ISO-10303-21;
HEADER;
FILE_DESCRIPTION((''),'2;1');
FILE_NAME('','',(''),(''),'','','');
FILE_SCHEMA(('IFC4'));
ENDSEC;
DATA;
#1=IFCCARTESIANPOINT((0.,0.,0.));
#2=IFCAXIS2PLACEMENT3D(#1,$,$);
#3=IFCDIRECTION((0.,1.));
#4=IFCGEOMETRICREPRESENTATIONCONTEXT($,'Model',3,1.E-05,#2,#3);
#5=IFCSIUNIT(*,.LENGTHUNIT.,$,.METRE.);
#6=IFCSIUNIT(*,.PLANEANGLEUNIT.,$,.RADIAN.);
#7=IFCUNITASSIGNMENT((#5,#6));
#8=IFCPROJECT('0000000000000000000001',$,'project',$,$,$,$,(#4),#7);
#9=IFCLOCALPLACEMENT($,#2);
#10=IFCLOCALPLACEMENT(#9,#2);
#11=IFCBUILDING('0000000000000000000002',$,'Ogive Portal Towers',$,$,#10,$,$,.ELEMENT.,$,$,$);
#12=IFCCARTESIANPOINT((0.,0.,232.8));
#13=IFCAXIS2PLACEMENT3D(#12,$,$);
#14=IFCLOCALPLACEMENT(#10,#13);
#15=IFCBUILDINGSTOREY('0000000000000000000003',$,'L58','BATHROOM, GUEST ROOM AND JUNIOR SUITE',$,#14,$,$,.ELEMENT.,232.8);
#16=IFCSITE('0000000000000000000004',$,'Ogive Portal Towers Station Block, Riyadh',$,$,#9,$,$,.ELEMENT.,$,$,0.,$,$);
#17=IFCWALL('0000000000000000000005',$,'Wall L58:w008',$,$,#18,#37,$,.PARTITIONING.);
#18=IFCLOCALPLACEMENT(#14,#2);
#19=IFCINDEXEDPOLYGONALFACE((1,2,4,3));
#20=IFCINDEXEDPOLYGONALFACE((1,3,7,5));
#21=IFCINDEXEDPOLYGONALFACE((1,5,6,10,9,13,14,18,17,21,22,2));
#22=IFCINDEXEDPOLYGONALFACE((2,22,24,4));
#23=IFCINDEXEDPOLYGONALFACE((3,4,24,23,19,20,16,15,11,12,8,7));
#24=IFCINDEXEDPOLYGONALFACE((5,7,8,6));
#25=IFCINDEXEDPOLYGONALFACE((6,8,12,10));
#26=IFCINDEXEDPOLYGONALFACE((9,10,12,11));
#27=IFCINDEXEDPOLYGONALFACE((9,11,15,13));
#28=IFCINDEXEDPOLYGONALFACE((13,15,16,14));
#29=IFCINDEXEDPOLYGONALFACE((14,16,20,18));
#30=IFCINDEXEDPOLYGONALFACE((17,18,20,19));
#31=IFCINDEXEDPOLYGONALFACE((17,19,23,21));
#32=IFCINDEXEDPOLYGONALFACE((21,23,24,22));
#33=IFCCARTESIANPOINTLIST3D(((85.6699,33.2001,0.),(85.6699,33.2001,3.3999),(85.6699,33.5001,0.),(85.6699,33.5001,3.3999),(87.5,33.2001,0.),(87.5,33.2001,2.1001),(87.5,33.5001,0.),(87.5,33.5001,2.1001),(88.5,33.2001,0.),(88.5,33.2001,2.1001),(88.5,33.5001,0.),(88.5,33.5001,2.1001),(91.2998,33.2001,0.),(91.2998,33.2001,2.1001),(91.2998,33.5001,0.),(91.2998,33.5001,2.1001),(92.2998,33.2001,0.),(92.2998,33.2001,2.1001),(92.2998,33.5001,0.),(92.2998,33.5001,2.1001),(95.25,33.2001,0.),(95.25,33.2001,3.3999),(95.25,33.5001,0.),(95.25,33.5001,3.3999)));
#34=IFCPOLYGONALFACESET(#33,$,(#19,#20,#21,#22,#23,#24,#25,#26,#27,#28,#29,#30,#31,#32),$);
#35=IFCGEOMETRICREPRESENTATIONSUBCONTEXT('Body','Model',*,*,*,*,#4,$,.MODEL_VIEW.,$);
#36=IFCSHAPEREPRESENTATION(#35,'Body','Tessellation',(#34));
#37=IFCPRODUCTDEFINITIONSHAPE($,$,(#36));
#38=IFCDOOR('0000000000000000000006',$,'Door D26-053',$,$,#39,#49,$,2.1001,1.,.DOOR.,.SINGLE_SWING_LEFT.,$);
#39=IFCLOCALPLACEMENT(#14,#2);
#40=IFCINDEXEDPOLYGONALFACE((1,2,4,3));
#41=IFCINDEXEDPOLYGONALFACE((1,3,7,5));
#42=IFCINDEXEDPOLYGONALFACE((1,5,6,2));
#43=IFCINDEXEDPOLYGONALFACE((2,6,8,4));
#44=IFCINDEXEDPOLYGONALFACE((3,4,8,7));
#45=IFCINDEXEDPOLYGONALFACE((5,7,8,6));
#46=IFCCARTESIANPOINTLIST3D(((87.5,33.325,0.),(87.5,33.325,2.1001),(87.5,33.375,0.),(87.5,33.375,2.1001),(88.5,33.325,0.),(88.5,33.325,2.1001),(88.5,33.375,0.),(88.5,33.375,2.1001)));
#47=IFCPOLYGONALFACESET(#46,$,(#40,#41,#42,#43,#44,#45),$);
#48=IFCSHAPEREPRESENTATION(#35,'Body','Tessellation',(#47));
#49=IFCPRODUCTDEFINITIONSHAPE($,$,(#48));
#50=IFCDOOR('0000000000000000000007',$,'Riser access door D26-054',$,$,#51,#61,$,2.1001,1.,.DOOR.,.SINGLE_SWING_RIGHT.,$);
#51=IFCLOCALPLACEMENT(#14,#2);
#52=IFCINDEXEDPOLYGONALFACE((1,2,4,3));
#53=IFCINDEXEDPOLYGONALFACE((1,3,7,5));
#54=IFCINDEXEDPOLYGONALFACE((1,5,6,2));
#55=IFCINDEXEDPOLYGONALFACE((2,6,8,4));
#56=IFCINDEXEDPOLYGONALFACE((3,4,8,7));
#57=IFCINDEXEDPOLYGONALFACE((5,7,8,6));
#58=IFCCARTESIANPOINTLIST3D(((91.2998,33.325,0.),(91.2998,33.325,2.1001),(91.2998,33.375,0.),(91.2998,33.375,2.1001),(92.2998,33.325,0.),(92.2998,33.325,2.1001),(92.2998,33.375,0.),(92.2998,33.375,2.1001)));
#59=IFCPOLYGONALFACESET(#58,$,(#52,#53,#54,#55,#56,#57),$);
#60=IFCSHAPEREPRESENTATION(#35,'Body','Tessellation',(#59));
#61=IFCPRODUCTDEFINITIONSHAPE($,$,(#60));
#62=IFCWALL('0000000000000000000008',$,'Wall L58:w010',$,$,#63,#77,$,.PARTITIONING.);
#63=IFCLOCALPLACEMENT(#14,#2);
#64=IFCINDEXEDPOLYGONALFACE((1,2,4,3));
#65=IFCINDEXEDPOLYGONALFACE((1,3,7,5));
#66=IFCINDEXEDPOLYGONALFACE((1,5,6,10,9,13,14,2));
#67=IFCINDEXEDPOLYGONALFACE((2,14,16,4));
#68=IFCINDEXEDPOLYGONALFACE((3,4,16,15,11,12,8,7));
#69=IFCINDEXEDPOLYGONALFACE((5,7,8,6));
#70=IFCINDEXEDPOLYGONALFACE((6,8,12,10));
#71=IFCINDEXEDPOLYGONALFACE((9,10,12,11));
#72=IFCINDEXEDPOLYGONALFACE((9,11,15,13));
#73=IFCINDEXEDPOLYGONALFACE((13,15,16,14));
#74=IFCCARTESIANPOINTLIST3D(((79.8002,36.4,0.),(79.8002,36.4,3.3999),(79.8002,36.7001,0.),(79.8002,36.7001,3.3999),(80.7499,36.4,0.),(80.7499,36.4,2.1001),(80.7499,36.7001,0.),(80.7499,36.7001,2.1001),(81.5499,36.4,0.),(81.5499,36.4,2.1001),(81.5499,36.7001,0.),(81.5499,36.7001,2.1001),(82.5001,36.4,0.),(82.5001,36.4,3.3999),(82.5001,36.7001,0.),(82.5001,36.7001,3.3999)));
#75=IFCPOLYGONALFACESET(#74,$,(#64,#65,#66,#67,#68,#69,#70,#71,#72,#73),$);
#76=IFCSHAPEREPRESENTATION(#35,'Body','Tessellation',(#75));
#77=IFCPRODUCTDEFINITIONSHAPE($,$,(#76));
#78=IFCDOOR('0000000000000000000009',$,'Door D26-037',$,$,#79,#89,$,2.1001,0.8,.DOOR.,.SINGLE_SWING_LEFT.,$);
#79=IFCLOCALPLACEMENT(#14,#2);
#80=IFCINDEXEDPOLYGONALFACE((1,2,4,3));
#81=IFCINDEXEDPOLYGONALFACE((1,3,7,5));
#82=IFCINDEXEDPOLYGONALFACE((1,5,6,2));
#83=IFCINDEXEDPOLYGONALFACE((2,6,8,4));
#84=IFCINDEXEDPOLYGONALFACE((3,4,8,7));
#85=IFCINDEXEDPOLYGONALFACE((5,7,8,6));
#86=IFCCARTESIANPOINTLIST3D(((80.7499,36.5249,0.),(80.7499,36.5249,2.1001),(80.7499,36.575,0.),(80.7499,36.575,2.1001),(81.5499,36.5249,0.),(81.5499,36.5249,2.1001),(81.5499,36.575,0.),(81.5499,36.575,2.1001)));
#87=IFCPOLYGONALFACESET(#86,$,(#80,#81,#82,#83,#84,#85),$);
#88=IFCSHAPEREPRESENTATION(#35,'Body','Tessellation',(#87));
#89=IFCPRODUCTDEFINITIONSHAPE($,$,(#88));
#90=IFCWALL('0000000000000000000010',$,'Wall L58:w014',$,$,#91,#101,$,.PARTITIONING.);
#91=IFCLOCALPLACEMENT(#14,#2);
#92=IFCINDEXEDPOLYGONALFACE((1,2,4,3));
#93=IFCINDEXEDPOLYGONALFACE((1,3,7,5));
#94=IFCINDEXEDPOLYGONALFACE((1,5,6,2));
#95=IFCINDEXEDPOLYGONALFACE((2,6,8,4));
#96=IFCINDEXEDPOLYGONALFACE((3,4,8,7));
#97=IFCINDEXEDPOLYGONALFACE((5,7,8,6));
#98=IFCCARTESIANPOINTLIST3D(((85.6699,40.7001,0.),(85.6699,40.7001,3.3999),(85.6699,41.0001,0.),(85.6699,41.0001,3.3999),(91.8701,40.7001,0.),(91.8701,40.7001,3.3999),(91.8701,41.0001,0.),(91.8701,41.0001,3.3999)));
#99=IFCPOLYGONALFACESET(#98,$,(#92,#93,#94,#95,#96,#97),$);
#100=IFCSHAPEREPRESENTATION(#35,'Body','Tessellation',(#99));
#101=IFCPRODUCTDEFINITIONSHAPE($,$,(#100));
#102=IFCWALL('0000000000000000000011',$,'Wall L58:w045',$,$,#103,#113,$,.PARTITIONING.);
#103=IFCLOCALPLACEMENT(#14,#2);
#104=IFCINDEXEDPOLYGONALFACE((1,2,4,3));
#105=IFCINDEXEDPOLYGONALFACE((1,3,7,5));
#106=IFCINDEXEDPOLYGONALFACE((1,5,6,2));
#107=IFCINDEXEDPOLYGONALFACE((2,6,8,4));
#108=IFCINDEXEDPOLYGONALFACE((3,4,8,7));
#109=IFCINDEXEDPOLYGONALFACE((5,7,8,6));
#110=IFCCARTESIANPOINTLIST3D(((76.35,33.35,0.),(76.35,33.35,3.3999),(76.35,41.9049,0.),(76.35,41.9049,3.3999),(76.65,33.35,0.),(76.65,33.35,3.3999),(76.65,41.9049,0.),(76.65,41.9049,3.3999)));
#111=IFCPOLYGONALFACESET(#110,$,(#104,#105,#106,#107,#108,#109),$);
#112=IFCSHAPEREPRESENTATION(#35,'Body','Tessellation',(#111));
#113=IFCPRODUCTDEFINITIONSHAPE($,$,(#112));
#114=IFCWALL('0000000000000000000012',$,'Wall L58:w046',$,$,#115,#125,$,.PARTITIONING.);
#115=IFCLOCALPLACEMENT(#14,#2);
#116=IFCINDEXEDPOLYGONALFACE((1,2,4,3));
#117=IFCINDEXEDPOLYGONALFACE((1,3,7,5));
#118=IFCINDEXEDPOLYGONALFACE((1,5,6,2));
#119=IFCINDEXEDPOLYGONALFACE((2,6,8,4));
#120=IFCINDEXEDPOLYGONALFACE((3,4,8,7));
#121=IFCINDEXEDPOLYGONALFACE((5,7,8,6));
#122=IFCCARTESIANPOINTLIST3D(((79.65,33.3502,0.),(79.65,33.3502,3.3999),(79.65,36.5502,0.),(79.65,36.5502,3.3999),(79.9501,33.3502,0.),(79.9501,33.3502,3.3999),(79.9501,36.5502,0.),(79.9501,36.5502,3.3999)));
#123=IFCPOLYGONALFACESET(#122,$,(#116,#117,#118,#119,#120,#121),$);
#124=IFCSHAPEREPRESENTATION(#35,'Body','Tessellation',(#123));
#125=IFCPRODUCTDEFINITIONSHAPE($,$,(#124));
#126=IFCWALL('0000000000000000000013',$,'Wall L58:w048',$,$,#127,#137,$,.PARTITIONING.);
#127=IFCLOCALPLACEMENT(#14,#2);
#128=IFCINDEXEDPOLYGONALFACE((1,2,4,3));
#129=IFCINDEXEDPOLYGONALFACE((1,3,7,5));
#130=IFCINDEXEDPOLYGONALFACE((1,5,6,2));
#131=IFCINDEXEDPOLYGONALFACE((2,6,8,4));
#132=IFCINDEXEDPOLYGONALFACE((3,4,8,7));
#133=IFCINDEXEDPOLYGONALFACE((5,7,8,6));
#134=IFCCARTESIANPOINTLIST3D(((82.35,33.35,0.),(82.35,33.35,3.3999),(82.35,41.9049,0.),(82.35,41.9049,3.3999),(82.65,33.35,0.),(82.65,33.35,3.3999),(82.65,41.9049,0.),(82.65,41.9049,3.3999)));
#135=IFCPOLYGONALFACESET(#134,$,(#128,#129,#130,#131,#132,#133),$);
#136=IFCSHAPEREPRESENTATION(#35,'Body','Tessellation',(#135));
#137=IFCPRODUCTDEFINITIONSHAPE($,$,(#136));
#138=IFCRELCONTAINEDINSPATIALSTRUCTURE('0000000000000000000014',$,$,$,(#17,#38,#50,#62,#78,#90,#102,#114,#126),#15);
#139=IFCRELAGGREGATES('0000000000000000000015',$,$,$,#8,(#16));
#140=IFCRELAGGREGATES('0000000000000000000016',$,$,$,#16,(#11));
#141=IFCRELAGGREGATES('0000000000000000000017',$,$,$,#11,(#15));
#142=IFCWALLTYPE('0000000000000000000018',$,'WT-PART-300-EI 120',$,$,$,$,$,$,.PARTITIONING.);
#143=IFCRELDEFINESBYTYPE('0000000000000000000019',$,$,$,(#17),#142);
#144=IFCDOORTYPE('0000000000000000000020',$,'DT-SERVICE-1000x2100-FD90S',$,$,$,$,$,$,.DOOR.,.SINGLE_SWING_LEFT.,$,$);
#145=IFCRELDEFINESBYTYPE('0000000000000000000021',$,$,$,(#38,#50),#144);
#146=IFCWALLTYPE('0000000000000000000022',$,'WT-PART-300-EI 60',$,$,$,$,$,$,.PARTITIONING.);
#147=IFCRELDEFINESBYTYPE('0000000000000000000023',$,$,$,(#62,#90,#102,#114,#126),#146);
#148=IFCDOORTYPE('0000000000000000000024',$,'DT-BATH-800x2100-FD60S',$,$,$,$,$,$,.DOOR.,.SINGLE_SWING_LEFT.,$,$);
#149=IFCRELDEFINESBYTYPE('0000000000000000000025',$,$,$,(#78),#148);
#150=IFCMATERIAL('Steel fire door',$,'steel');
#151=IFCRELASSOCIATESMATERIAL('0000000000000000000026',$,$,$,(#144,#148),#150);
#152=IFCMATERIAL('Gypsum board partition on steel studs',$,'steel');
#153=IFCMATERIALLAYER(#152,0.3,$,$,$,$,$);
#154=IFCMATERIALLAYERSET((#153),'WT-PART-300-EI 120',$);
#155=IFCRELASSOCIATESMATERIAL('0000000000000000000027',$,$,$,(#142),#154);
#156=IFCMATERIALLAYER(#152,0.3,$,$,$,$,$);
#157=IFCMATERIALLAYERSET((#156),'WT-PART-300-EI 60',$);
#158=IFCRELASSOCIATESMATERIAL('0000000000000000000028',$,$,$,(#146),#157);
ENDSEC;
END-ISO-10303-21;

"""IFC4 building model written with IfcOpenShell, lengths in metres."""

from ifc_helpers import new_model, si_unit, direction, frame, frame_2d, origin, place, context, subcontext, project, spatial, rectangle, extrude, material, layer, layer_set, type_object, element, fill, save


model = new_model("IFC4")

# Units and contexts
model_context = context("Model", 3, precision=1e-05, world=origin(), true_north=direction((0.0, 1.0)))
body_context = subcontext(model_context, "Body", "Model", "MODEL_VIEW")
ifc_project = project(units=[si_unit("LENGTHUNIT", "METRE"), si_unit("PLANEANGLEUNIT", "RADIAN")], contexts=[model_context])

# Site, building, storey
site_placement = place(None, origin())
site = spatial("IfcSite", under=ifc_project, at=site_placement, Name="Ogive Portal Towers Station Block, Riyadh", CompositionType="ELEMENT", RefElevation=0.0)
building_placement = place(site_placement, origin())
building = spatial("IfcBuilding", under=site, at=building_placement, Name="Ogive Portal Towers", CompositionType="ELEMENT")
storey_placement = place(building_placement, frame((0.0, 0.0, 232.8)))
storey = spatial("IfcBuildingStorey", under=building, at=storey_placement, Name="L58", Description="BATHROOM, GUEST ROOM AND JUNIOR SUITE", CompositionType="ELEMENT", Elevation=232.8)

# Wall, openings, doors
ifc_material_1 = material(Name="Steel fire door", Category="steel")
door_type_1 = type_object("IfcDoorType", Name="DT-SERVICE-1000x2100-FD90S", OperationType="SINGLE_SWING_LEFT", PredefinedType="DOOR", material=ifc_material_1)
ifc_material_2 = material(Name="Gypsum board partition on steel studs", Category="steel")
ifc_layer_1 = layer(ifc_material_2, 0.3)
ifc_layer_set_1 = layer_set([ifc_layer_1], Name="WT-PART-300-EI 120")
wall_type_1 = type_object("IfcWallType", Name="WT-PART-300-EI 120", PredefinedType="PARTITIONING", material=ifc_layer_set_1)
wall_1_placement = place(storey_placement, frame((85.6699, 33.3501, 0.0), z_axis=(0.0, 0.0, 1.0), x_axis=(1.0, 0.0, 0.0)))
wall_1 = element("IfcWall", 1, at=wall_1_placement, inside=storey, type_object=wall_type_1, Name="Wall L58:w008", PredefinedType="PARTITIONING", context=body_context, shape_type="SweptSolid", body=[
    extrude(rectangle(XDim=9.5801, YDim=0.3, at=frame_2d((4.79, 0.0))), origin(), (0.0, 0.0, 1.0), 3.3999),
])
opening_1_placement = place(wall_1_placement, frame((1.8301, 0.0, 0.0)))
opening_1 = element("IfcOpeningElement", 2, at=opening_1_placement, cuts=wall_1, PredefinedType="OPENING", context=body_context, shape_type="SweptSolid", body=[
    extrude(rectangle(XDim=1.0, YDim=2.1001, at=frame_2d((0.5, 1.05))), frame((0.0, 0.1602, 0.0), z_axis=(0.0, -1.0, 0.0), x_axis=(1.0, 0.0, 0.0)), (0.0, 0.0, 1.0), 0.3201),
])
opening_2_placement = place(wall_1_placement, frame((5.6299, 0.0, 0.0)))
opening_2 = element("IfcOpeningElement", 3, at=opening_2_placement, cuts=wall_1, PredefinedType="OPENING", context=body_context, shape_type="SweptSolid", body=[
    extrude(rectangle(XDim=1.0, YDim=2.1001, at=frame_2d((0.5, 1.05))), frame((0.0, 0.1602, 0.0), z_axis=(0.0, -1.0, 0.0), x_axis=(1.0, 0.0, 0.0)), (0.0, 0.0, 1.0), 0.3201),
])
door_1_placement = place(opening_1_placement, origin())
door_1 = element("IfcDoor", 4, at=door_1_placement, inside=storey, type_object=door_type_1, Name="Door D26-053", OperationType="SINGLE_SWING_LEFT", OverallHeight=2.1001, OverallWidth=1.0, PredefinedType="DOOR", context=body_context, shape_type="SweptSolid", body=[
    extrude(rectangle(XDim=1.0, YDim=2.1001, at=frame_2d((0.5, 1.05))), frame((0.0, 0.0249, 0.0), z_axis=(0.0, -1.0, 0.0), x_axis=(1.0, 0.0, 0.0)), (0.0, 0.0, 1.0), 0.05),
])
fill(opening_1, door_1)
door_2_placement = place(opening_2_placement, origin())
door_2 = element("IfcDoor", 5, at=door_2_placement, inside=storey, type_object=door_type_1, Name="Riser access door D26-054", OperationType="SINGLE_SWING_RIGHT", OverallHeight=2.1001, OverallWidth=1.0, PredefinedType="DOOR", context=body_context, shape_type="SweptSolid", body=[
    extrude(rectangle(XDim=1.0, YDim=2.1001, at=frame_2d((0.5, 1.05))), frame((0.0, 0.0249, 0.0), z_axis=(0.0, -1.0, 0.0), x_axis=(1.0, 0.0, 0.0)), (0.0, 0.0, 1.0), 0.05),
])
fill(opening_2, door_2)

# Wall, opening, door
ifc_layer_2 = layer(ifc_material_2, 0.3)
ifc_layer_set_2 = layer_set([ifc_layer_2], Name="WT-PART-300-EI 60")
wall_type_2 = type_object("IfcWallType", Name="WT-PART-300-EI 60", PredefinedType="PARTITIONING", material=ifc_layer_set_2)
wall_2_placement = place(storey_placement, frame((79.8, 36.55, 0.0), z_axis=(0.0, 0.0, 1.0), x_axis=(1.0, 0.0, 0.0)))
wall_2 = element("IfcWall", 6, at=wall_2_placement, inside=storey, type_object=wall_type_2, Name="Wall L58:w010", PredefinedType="PARTITIONING", context=body_context, shape_type="SweptSolid", body=[
    extrude(rectangle(XDim=2.7, YDim=0.3, at=frame_2d((1.3501, 0.0))), origin(), (0.0, 0.0, 1.0), 3.3999),
])
opening_3_placement = place(wall_2_placement, frame((0.95, 0.0, 0.0)))
opening_3 = element("IfcOpeningElement", 7, at=opening_3_placement, cuts=wall_2, PredefinedType="OPENING", context=body_context, shape_type="SweptSolid", body=[
    extrude(rectangle(XDim=0.8, YDim=2.1001, at=frame_2d((0.3999, 1.05))), frame((0.0, 0.1602, 0.0), z_axis=(0.0, -1.0, 0.0), x_axis=(1.0, 0.0, 0.0)), (0.0, 0.0, 1.0), 0.3201),
])
door_type_2 = type_object("IfcDoorType", Name="DT-BATH-800x2100-FD60S", OperationType="SINGLE_SWING_LEFT", PredefinedType="DOOR", material=ifc_material_1)
door_3_placement = place(opening_3_placement, origin())
door_3 = element("IfcDoor", 8, at=door_3_placement, inside=storey, type_object=door_type_2, Name="Door D26-037", OperationType="SINGLE_SWING_LEFT", OverallHeight=2.1001, OverallWidth=0.8, PredefinedType="DOOR", context=body_context, shape_type="SweptSolid", body=[
    extrude(rectangle(XDim=0.8, YDim=2.1001, at=frame_2d((0.3999, 1.05))), frame((0.0, 0.0249, 0.0), z_axis=(0.0, -1.0, 0.0), x_axis=(1.0, 0.0, 0.0)), (0.0, 0.0, 1.0), 0.05),
])
fill(opening_3, door_3)

# Walls
wall_3_placement = place(storey_placement, frame((85.6699, 40.8501, 0.0), z_axis=(0.0, 0.0, 1.0), x_axis=(1.0, 0.0, 0.0)))
element("IfcWall", 9, at=wall_3_placement, inside=storey, type_object=wall_type_2, Name="Wall L58:w014", PredefinedType="PARTITIONING", context=body_context, shape_type="SweptSolid", body=[
    extrude(rectangle(XDim=6.2002, YDim=0.3, at=frame_2d((3.1001, 0.0))), origin(), (0.0, 0.0, 1.0), 3.3999),
])
wall_4_placement = place(storey_placement, frame((76.5, 33.3501, 0.0), z_axis=(0.0, 0.0, 1.0), x_axis=(0.0, 1.0, 0.0)))
element("IfcWall", 10, at=wall_4_placement, inside=storey, type_object=wall_type_2, Name="Wall L58:w045", PredefinedType="PARTITIONING", context=body_context, shape_type="SweptSolid", body=[
    extrude(rectangle(XDim=8.5549, YDim=0.3, at=frame_2d((4.2773, 0.0))), origin(), (0.0, 0.0, 1.0), 3.3999),
])
wall_5_placement = place(storey_placement, frame((79.8, 33.3501, 0.0), z_axis=(0.0, 0.0, 1.0), x_axis=(0.0, 1.0, 0.0)))
element("IfcWall", 11, at=wall_5_placement, inside=storey, type_object=wall_type_2, Name="Wall L58:w046", PredefinedType="PARTITIONING", context=body_context, shape_type="SweptSolid", body=[
    extrude(rectangle(XDim=3.2, YDim=0.3, at=frame_2d((1.6001, 0.0))), origin(), (0.0, 0.0, 1.0), 3.3999),
])
wall_6_placement = place(storey_placement, frame((82.5, 33.3501, 0.0), z_axis=(0.0, 0.0, 1.0), x_axis=(0.0, 1.0, 0.0)))
element("IfcWall", 12, at=wall_6_placement, inside=storey, type_object=wall_type_2, Name="Wall L58:w048", PredefinedType="PARTITIONING", context=body_context, shape_type="SweptSolid", body=[
    extrude(rectangle(XDim=8.5549, YDim=0.3, at=frame_2d((4.2773, 0.0))), origin(), (0.0, 0.0, 1.0), 3.3999),
])

save(model, "model.ifc")
